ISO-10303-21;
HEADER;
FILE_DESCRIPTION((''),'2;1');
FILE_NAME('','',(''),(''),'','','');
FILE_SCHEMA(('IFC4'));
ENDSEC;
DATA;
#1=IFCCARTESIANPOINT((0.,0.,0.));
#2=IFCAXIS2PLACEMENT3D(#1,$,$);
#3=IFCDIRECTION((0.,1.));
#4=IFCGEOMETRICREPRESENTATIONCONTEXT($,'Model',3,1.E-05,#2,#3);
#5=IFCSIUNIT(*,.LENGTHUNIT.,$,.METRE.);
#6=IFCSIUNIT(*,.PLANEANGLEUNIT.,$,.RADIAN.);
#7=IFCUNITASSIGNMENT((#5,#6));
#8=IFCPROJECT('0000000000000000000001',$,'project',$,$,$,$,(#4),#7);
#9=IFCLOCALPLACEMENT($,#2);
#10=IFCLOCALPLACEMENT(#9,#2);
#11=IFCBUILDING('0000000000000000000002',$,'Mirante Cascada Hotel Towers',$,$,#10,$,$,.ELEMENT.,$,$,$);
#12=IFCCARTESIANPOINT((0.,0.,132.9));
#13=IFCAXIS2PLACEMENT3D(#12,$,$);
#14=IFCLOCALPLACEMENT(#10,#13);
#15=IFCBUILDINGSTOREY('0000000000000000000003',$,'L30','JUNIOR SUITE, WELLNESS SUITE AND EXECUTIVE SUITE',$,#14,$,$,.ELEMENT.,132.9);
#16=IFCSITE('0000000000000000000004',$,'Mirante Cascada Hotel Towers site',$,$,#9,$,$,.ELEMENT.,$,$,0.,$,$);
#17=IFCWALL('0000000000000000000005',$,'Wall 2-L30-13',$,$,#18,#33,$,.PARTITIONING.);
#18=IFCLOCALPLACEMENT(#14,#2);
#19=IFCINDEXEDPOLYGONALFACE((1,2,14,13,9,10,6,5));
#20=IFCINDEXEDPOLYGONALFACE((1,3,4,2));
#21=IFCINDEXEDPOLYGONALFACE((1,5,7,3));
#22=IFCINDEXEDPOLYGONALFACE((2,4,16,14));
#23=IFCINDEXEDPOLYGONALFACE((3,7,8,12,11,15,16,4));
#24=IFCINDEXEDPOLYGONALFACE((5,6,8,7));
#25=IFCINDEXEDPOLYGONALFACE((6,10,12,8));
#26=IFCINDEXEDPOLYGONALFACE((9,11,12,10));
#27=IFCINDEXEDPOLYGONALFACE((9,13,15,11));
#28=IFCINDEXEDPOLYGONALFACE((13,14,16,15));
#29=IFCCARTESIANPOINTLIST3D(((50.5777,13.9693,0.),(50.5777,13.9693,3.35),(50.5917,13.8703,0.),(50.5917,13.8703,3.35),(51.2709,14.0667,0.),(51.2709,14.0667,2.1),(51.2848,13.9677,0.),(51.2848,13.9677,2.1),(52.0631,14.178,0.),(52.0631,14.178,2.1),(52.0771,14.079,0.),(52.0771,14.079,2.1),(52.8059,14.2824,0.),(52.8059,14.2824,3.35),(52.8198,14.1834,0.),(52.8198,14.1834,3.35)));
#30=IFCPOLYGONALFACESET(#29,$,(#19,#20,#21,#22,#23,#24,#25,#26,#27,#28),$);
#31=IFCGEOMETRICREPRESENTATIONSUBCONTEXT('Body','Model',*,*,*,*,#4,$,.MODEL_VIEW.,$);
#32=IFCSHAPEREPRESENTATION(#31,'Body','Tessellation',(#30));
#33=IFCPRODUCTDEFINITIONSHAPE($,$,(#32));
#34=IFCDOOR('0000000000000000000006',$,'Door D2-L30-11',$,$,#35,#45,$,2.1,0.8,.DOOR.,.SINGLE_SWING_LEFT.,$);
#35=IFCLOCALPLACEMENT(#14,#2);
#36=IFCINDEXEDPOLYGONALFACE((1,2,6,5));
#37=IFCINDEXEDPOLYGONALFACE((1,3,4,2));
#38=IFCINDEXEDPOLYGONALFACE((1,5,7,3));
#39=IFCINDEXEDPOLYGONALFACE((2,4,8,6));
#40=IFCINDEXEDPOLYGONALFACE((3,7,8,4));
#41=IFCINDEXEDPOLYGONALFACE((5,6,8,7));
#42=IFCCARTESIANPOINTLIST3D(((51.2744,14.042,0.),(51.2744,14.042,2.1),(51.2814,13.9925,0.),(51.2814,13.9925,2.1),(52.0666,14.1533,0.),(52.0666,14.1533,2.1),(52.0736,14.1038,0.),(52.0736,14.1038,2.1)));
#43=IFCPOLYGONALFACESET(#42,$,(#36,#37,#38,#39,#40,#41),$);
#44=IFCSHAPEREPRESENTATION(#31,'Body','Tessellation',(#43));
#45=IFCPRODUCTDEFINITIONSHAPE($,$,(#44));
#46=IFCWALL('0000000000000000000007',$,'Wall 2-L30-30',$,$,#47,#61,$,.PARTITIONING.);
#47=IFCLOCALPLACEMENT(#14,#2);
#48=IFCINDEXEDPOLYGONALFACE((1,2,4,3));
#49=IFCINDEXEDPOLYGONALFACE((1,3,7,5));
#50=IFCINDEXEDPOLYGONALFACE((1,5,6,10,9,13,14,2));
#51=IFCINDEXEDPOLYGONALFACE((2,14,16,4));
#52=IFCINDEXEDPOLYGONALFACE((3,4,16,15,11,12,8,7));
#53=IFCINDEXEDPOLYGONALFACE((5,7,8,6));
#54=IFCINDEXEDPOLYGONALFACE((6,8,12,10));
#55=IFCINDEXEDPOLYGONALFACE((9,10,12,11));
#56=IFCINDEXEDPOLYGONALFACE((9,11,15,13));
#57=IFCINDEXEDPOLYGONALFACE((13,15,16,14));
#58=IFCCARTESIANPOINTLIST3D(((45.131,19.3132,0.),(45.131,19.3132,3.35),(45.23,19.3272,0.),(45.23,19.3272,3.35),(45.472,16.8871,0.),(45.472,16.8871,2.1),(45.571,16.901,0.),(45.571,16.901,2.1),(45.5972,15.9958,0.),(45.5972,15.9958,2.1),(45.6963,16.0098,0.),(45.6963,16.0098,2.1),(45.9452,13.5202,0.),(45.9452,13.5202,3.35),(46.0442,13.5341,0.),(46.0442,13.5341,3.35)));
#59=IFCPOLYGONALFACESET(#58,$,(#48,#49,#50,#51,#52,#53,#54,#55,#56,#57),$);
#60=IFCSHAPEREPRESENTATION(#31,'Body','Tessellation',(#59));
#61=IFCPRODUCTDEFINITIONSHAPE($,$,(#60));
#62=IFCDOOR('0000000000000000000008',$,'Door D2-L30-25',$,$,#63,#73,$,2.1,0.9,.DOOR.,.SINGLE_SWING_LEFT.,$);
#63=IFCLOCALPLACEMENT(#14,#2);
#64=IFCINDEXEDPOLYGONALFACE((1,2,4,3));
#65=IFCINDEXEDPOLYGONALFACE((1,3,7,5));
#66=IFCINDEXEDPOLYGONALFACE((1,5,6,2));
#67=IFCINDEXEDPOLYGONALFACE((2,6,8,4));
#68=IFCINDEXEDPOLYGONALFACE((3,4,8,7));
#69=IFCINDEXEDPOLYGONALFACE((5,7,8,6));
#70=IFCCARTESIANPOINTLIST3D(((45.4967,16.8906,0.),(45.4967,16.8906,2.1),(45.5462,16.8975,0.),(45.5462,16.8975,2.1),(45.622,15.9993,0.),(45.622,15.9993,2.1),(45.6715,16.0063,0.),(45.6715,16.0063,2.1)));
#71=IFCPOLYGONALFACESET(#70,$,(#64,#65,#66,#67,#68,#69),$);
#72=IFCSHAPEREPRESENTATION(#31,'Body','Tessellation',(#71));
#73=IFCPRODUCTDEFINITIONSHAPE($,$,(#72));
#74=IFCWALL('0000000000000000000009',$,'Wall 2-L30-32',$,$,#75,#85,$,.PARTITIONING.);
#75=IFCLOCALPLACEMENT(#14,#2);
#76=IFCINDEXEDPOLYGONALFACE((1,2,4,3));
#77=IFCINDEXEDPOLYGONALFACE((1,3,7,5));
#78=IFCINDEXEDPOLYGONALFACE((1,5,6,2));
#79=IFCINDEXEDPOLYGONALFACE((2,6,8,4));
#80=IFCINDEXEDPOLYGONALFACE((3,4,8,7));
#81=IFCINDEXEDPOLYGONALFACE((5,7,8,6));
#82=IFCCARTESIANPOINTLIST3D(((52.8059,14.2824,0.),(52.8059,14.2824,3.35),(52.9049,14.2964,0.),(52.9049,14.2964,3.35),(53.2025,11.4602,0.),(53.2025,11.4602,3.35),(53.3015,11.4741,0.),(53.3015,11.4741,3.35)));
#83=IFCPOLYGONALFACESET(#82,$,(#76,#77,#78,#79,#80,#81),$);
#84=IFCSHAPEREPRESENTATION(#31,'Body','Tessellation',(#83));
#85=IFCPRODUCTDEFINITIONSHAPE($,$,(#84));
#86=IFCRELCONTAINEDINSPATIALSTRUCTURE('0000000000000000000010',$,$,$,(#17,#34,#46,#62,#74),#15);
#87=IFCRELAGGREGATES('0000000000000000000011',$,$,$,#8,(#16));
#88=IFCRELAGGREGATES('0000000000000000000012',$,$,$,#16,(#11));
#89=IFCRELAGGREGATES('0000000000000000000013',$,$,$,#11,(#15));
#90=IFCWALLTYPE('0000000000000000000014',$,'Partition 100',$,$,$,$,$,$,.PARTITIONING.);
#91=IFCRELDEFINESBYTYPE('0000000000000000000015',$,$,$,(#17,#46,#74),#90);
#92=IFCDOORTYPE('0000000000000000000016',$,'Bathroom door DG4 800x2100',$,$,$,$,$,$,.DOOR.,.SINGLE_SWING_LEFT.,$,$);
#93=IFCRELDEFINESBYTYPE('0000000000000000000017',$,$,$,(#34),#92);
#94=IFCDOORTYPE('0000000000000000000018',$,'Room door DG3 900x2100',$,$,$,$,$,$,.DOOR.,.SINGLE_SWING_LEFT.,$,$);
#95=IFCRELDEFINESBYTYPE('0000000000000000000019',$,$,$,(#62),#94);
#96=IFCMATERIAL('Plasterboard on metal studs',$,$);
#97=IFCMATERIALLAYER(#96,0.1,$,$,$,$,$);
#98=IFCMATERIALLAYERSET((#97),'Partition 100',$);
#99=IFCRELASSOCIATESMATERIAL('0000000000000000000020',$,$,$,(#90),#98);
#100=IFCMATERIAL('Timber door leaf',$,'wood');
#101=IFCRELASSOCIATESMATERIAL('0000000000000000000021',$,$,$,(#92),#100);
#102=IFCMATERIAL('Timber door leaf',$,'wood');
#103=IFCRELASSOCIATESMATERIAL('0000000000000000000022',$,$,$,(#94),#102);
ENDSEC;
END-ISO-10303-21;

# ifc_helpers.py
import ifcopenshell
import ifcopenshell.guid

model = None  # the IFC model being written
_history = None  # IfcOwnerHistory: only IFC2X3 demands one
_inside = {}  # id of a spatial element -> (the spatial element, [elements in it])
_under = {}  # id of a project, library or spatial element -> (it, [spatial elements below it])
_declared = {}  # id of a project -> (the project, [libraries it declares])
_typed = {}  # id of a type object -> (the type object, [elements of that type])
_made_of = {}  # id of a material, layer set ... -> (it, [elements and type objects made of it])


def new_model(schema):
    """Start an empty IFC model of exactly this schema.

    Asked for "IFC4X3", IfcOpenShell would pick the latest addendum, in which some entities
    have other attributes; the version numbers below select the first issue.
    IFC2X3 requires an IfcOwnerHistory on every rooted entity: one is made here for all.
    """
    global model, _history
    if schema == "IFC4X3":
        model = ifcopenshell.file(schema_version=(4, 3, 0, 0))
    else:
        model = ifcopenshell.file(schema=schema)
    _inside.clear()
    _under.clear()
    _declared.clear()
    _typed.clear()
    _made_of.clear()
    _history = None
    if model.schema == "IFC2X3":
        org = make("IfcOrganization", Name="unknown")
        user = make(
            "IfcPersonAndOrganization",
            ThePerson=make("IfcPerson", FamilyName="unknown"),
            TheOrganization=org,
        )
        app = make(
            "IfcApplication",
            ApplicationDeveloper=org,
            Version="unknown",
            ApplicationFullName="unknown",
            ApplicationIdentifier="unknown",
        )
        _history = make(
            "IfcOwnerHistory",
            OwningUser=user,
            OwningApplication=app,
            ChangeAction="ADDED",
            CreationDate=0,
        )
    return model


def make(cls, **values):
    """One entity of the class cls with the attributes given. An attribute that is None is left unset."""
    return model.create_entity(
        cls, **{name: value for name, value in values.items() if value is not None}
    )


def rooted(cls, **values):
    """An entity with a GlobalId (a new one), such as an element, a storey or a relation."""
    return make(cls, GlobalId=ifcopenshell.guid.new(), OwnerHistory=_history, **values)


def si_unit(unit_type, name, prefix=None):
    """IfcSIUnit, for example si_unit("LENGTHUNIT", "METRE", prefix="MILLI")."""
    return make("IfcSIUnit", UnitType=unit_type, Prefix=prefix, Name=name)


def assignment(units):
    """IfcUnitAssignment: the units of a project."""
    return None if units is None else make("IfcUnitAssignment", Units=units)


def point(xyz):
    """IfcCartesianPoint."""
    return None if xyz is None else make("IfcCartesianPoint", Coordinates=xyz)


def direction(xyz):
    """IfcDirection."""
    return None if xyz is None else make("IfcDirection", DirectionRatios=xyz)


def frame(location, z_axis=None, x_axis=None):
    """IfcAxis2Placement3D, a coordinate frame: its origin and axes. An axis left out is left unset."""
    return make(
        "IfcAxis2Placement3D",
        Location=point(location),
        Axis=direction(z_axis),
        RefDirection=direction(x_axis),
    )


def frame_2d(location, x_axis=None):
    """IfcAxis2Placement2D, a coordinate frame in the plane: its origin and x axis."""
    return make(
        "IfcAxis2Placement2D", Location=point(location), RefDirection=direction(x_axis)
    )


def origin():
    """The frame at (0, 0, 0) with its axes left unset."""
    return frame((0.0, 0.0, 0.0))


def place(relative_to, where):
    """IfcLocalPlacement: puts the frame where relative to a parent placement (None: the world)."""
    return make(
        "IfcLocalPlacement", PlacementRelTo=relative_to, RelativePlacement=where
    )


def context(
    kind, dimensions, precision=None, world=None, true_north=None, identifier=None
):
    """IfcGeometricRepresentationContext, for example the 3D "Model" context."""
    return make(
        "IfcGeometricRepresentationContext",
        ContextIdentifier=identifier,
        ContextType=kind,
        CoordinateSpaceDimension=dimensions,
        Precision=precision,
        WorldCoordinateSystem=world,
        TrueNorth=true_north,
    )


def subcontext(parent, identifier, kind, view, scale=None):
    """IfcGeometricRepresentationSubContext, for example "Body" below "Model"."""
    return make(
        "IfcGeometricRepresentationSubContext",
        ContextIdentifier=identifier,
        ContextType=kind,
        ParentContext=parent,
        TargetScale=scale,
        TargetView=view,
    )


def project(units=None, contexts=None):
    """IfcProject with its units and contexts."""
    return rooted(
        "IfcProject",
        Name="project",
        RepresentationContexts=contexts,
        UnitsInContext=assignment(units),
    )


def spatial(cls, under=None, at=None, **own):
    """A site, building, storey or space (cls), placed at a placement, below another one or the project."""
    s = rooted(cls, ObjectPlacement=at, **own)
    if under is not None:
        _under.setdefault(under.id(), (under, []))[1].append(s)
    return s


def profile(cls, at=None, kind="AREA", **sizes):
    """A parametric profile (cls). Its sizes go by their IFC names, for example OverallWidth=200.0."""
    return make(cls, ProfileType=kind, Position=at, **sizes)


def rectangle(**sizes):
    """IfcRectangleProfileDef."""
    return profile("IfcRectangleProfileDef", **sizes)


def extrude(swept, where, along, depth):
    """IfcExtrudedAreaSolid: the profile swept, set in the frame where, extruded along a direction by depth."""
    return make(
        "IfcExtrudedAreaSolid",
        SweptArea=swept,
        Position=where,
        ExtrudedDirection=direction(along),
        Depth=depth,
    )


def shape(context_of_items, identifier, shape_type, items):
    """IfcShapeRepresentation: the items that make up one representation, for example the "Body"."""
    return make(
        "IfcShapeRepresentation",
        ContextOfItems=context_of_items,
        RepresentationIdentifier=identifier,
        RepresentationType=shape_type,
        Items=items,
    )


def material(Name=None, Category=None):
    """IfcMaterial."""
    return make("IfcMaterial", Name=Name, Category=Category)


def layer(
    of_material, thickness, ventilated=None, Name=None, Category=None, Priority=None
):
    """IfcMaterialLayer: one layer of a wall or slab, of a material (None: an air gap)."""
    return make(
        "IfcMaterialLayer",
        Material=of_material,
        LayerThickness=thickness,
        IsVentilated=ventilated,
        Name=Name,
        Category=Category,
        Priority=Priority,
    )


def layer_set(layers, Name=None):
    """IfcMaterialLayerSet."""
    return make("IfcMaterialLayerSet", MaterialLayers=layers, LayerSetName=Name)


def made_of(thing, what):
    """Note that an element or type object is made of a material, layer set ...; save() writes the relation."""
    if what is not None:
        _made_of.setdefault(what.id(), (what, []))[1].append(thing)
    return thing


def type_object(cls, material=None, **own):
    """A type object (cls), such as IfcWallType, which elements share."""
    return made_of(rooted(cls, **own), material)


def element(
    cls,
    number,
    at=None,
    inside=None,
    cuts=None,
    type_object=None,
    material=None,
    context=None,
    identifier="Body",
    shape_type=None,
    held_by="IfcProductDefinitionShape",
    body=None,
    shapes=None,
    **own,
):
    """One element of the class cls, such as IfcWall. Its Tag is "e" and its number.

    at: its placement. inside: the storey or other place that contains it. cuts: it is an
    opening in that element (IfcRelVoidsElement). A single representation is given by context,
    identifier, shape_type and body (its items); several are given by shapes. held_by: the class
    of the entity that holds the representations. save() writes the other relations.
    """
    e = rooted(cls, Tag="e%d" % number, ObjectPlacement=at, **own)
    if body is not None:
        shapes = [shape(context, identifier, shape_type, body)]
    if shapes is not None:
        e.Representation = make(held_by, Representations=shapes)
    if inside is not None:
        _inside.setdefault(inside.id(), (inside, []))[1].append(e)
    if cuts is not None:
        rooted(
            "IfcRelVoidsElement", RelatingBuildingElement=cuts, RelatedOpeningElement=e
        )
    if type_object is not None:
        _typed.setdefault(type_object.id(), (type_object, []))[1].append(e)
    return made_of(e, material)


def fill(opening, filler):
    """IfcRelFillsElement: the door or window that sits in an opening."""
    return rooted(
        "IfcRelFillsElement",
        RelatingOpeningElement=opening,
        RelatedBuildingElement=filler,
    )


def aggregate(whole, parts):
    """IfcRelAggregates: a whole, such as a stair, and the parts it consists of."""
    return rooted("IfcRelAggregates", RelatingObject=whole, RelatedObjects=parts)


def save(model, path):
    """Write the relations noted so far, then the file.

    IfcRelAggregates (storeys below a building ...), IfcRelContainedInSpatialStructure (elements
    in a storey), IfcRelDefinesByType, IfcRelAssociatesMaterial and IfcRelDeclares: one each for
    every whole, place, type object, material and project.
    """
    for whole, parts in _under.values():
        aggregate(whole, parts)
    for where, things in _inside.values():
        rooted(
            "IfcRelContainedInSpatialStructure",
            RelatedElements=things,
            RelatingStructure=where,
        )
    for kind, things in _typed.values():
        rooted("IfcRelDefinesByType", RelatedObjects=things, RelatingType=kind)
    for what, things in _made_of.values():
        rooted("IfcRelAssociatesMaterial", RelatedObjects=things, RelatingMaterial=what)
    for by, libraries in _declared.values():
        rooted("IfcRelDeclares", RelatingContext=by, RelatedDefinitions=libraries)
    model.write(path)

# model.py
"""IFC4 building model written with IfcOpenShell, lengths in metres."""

from ifc_helpers import new_model, si_unit, direction, frame, frame_2d, origin, place, context, subcontext, project, spatial, rectangle, extrude, material, layer, layer_set, type_object, element, fill, save


model = new_model("IFC4")

# Units and contexts
model_context = context("Model", 3, precision=1e-05, world=origin(), true_north=direction((0.0, 1.0)))
body_context = subcontext(model_context, "Body", "Model", "MODEL_VIEW")
ifc_project = project(units=[si_unit("LENGTHUNIT", "METRE"), si_unit("PLANEANGLEUNIT", "RADIAN")], contexts=[model_context])

# Site, building, storey
site_placement = place(None, origin())
site = spatial("IfcSite", under=ifc_project, at=site_placement, Name="Mirante Cascada Hotel Towers site", CompositionType="ELEMENT", RefElevation=0.0)
building_placement = place(site_placement, origin())
building = spatial("IfcBuilding", under=site, at=building_placement, Name="Mirante Cascada Hotel Towers", CompositionType="ELEMENT")
storey_placement = place(building_placement, frame((0.0, 0.0, 132.9)))
storey = spatial("IfcBuildingStorey", under=building, at=storey_placement, Name="L30", Description="JUNIOR SUITE, WELLNESS SUITE AND EXECUTIVE SUITE", CompositionType="ELEMENT", Elevation=132.9)

# Walls, openings, doors
ifc_material_1 = material(Name="Plasterboard on metal studs")
ifc_layer_1 = layer(ifc_material_1, 0.1)
ifc_layer_set_1 = layer_set([ifc_layer_1], Name="Partition 100")
wall_type_1 = type_object("IfcWallType", Name="Partition 100", PredefinedType="PARTITIONING", material=ifc_layer_set_1)
wall_1_placement = place(storey_placement, frame((50.5847, 13.9198, 0.0), z_axis=(0.0, 0.0, 1.0), x_axis=(0.990271, 0.139156, 0.0)))
wall_1 = element("IfcWall", 1, at=wall_1_placement, inside=storey, type_object=wall_type_1, Name="Wall 2-L30-13", PredefinedType="PARTITIONING", context=body_context, shape_type="SweptSolid", body=[
    extrude(rectangle(XDim=2.25, YDim=0.1, at=frame_2d((1.125, 0.0))), origin(), (0.0, 0.0, 1.0), 3.35),
])
opening_1_placement = place(wall_1_placement, frame((0.7, 0.0, 0.0)))
opening_1 = element("IfcOpeningElement", 2, at=opening_1_placement, cuts=wall_1, PredefinedType="OPENING", context=body_context, shape_type="SweptSolid", body=[
    extrude(rectangle(XDim=0.8, YDim=2.1, at=frame_2d((0.4, 1.05))), frame((0.0, 0.05, 0.0), z_axis=(0.0, -1.0, 0.0), x_axis=(1.0, 0.0, 0.0)), (0.0, 0.0, 1.0), 0.1),
])
ifc_material_2 = material(Name="Timber door leaf", Category="wood")
door_type_1 = type_object("IfcDoorType", Name="Bathroom door DG4 800x2100", OperationType="SINGLE_SWING_LEFT", PredefinedType="DOOR", material=ifc_material_2)
door_1_placement = place(opening_1_placement, origin())
door_1 = element("IfcDoor", 3, at=door_1_placement, inside=storey, type_object=door_type_1, Name="Door D2-L30-11", OperationType="SINGLE_SWING_LEFT", OverallHeight=2.1, OverallWidth=0.8, PredefinedType="DOOR", context=body_context, shape_type="SweptSolid", body=[
    extrude(rectangle(XDim=0.8, YDim=2.1, at=frame_2d((0.4, 1.05))), frame((0.0, 0.025, 0.0), z_axis=(0.0, -1.0, 0.0), x_axis=(1.0, 0.0, 0.0)), (0.0, 0.0, 1.0), 0.05),
])
fill(opening_1, door_1)
wall_2_placement = place(storey_placement, frame((45.1805, 19.3202, 0.0), z_axis=(0.0, 0.0, 1.0), x_axis=(0.139179, -0.990267, 0.0)))
wall_2 = element("IfcWall", 4, at=wall_2_placement, inside=storey, type_object=wall_type_1, Name="Wall 2-L30-30", PredefinedType="PARTITIONING", context=body_context, shape_type="SweptSolid", body=[
    extrude(rectangle(XDim=5.85, YDim=0.1, at=frame_2d((2.925, 0.0))), origin(), (0.0, 0.0, 1.0), 3.35),
])
opening_2_placement = place(wall_2_placement, frame((2.45, 0.0, 0.0)))
opening_2 = element("IfcOpeningElement", 5, at=opening_2_placement, cuts=wall_2, PredefinedType="OPENING", context=body_context, shape_type="SweptSolid", body=[
    extrude(rectangle(XDim=0.9, YDim=2.1, at=frame_2d((0.45, 1.05))), frame((0.0, 0.05, 0.0), z_axis=(0.0, -1.0, 0.0), x_axis=(1.0, 0.0, 0.0)), (0.0, 0.0, 1.0), 0.1),
])
ifc_material_3 = material(Name="Timber door leaf", Category="wood")
door_type_2 = type_object("IfcDoorType", Name="Room door DG3 900x2100", OperationType="SINGLE_SWING_LEFT", PredefinedType="DOOR", material=ifc_material_3)
door_2_placement = place(opening_2_placement, origin())
door_2 = element("IfcDoor", 6, at=door_2_placement, inside=storey, type_object=door_type_2, Name="Door D2-L30-25", OperationType="SINGLE_SWING_LEFT", OverallHeight=2.1, OverallWidth=0.9, PredefinedType="DOOR", context=body_context, shape_type="SweptSolid", body=[
    extrude(rectangle(XDim=0.9, YDim=2.1, at=frame_2d((0.45, 1.05))), frame((0.0, 0.025, 0.0), z_axis=(0.0, -1.0, 0.0), x_axis=(1.0, 0.0, 0.0)), (0.0, 0.0, 1.0), 0.05),
])
fill(opening_2, door_2)

# Wall
wall_3_placement = place(storey_placement, frame((52.8554, 14.2894, 0.0), z_axis=(0.0, 0.0, 1.0), x_axis=(0.139156, -0.99027, 0.0)))
element("IfcWall", 7, at=wall_3_placement, inside=storey, type_object=wall_type_1, Name="Wall 2-L30-32", PredefinedType="PARTITIONING", context=body_context, shape_type="SweptSolid", body=[
    extrude(rectangle(XDim=2.85, YDim=0.1, at=frame_2d((1.425, 0.0))), origin(), (0.0, 0.0, 1.0), 3.35),
])

save(model, "model.ifc")
